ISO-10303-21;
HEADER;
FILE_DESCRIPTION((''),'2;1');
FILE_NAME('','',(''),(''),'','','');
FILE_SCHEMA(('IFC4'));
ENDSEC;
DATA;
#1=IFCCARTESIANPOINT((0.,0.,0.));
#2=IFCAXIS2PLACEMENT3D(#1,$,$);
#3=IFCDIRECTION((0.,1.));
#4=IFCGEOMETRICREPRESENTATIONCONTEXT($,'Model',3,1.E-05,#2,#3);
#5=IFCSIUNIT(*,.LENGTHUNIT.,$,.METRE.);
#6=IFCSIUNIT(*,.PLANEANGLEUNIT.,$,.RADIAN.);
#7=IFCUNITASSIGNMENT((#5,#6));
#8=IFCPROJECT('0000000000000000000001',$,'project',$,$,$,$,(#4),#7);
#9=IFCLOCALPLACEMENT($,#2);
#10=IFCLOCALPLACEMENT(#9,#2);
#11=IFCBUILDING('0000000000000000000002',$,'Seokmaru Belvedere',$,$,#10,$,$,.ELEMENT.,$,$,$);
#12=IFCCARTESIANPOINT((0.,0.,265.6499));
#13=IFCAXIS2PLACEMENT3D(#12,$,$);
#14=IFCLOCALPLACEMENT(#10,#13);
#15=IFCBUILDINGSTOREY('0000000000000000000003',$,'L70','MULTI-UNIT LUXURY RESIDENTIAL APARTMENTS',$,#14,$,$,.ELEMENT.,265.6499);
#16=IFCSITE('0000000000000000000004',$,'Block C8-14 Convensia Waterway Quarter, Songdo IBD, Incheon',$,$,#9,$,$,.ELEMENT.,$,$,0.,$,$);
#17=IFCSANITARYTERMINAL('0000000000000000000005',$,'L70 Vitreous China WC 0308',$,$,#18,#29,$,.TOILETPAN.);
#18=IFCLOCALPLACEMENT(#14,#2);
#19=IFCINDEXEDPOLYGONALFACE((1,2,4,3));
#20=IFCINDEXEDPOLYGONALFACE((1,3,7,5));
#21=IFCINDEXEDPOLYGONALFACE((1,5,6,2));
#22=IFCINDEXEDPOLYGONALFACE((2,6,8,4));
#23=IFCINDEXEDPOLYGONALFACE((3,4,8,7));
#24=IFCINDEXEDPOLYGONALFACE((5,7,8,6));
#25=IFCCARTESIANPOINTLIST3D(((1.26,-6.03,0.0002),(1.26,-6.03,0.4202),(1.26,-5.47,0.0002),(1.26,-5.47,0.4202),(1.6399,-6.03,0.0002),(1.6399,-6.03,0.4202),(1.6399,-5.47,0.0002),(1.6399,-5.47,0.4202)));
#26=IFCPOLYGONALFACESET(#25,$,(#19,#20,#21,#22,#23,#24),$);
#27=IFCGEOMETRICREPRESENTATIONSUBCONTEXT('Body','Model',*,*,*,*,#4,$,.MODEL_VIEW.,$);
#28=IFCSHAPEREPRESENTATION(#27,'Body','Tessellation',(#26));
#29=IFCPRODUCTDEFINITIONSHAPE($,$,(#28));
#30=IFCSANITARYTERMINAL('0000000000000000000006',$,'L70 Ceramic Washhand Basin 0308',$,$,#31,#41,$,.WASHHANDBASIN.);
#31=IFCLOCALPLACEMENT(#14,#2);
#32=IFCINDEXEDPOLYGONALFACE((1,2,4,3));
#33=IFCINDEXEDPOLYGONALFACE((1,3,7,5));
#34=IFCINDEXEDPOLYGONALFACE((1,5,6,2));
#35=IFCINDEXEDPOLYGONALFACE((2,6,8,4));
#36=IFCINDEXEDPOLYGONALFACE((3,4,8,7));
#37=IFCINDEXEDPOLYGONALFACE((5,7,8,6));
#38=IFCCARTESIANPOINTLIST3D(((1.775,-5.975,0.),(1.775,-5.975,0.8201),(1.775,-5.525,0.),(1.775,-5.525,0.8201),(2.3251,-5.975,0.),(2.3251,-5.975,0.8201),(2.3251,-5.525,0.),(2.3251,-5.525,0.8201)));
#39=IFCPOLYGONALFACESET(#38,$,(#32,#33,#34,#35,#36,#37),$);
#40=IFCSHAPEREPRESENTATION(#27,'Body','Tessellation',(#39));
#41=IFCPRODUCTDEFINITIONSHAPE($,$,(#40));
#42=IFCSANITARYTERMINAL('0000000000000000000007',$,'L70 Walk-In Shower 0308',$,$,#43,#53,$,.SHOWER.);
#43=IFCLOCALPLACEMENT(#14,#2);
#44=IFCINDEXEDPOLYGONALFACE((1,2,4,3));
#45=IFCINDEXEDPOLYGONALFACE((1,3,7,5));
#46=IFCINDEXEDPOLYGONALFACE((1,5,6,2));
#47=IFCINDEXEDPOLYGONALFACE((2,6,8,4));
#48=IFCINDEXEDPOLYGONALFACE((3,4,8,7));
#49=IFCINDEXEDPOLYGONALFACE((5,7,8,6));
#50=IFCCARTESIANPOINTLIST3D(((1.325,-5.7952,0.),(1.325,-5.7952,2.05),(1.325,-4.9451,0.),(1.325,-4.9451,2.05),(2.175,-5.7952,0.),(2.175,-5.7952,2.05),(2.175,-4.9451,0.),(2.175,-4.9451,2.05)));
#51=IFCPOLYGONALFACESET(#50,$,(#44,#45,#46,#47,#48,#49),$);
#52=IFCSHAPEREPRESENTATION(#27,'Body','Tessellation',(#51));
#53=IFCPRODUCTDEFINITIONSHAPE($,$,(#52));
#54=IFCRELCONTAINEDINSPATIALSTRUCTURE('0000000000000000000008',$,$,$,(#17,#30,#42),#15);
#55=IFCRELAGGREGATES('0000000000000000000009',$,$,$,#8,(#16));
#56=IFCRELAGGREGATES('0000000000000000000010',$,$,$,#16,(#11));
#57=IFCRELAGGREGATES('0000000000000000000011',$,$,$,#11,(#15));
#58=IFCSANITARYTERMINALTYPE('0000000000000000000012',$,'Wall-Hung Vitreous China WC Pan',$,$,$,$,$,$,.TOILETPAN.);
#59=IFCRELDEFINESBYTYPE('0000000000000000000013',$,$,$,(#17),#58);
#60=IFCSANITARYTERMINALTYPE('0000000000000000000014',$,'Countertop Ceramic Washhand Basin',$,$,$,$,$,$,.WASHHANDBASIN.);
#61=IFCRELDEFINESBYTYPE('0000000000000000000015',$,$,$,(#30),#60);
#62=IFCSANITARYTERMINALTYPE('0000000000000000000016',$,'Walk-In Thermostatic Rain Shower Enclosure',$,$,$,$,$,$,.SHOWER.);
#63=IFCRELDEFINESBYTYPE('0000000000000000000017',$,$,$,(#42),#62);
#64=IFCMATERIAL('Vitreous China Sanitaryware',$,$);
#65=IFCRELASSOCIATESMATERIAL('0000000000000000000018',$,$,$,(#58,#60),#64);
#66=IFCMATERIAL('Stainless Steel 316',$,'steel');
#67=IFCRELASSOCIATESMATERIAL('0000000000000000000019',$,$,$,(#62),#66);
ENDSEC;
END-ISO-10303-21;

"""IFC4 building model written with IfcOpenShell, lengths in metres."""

from ifc_helpers import new_model, si_unit, direction, frame, origin, origin_2d, place, context, subcontext, project, spatial, rectangle, extrude, source, transform, mapped, material, type_object, type_shapes, element, save


model = new_model("IFC4")

# Units and contexts
model_context = context("Model", 3, precision=1e-05, world=origin(), true_north=direction((0.0, 1.0)))
body_context = subcontext(model_context, "Body", "Model", "MODEL_VIEW")
ifc_project = project(units=[si_unit("LENGTHUNIT", "METRE"), si_unit("PLANEANGLEUNIT", "RADIAN")], contexts=[model_context])

# Site, building, storey
site_placement = place(None, origin())
site = spatial("IfcSite", under=ifc_project, at=site_placement, Name="Block C8-14 Convensia Waterway Quarter, Songdo IBD, Incheon", CompositionType="ELEMENT", RefElevation=0.0)
building_placement = place(site_placement, origin())
building = spatial("IfcBuilding", under=site, at=building_placement, Name="Seokmaru Belvedere", CompositionType="ELEMENT")
storey_placement = place(building_placement, frame((0.0, 0.0, 265.6499)))
storey = spatial("IfcBuildingStorey", under=building, at=storey_placement, Name="L70", Description="MULTI-UNIT LUXURY RESIDENTIAL APARTMENTS", CompositionType="ELEMENT", Elevation=265.6499)

# Sanitary terminals
ifc_material_1 = material(Name="Vitreous China Sanitaryware")
sanitary_terminal_type_1 = type_object("IfcSanitaryTerminalType", Name="Wall-Hung Vitreous China WC Pan", PredefinedType="TOILETPAN", material=ifc_material_1)
shared_shape_1 = source(origin(), body_context, "Body", "SweptSolid", [
    extrude(rectangle(XDim=0.3799, YDim=0.5601, at=origin_2d()), origin(), (0.0, 0.0, 1.0), 0.4199),
])
type_shapes(sanitary_terminal_type_1, [shared_shape_1])
sanitary_terminal_1_placement = place(storey_placement, frame((1.45, -5.75, 0.0002), z_axis=(0.0, 0.0, 1.0), x_axis=(1.0, 0.0, 0.0)))
element("IfcSanitaryTerminal", 1, at=sanitary_terminal_1_placement, inside=storey, type_object=sanitary_terminal_type_1, Name="L70 Vitreous China WC 0308", PredefinedType="TOILETPAN", context=body_context, shape_type="MappedRepresentation", body=[
    mapped(shared_shape_1, transform((0.0, 0.0, 0.0), scale=1.0)),
])
sanitary_terminal_type_2 = type_object("IfcSanitaryTerminalType", Name="Countertop Ceramic Washhand Basin", PredefinedType="WASHHANDBASIN", material=ifc_material_1)
shared_shape_2 = source(origin(), body_context, "Body", "SweptSolid", [
    extrude(rectangle(XDim=0.55, YDim=0.45, at=origin_2d()), origin(), (0.0, 0.0, 1.0), 0.8201),
])
type_shapes(sanitary_terminal_type_2, [shared_shape_2])
sanitary_terminal_2_placement = place(storey_placement, frame((2.05, -5.75, 0.0), z_axis=(0.0, 0.0, 1.0), x_axis=(1.0, 0.0, 0.0)))
element("IfcSanitaryTerminal", 2, at=sanitary_terminal_2_placement, inside=storey, type_object=sanitary_terminal_type_2, Name="L70 Ceramic Washhand Basin 0308", PredefinedType="WASHHANDBASIN", context=body_context, shape_type="MappedRepresentation", body=[
    mapped(shared_shape_2, transform((0.0, 0.0, 0.0), scale=1.0)),
])
ifc_material_2 = material(Name="Stainless Steel 316", Category="steel")
sanitary_terminal_type_3 = type_object("IfcSanitaryTerminalType", Name="Walk-In Thermostatic Rain Shower Enclosure", PredefinedType="SHOWER", material=ifc_material_2)
shared_shape_3 = source(origin(), body_context, "Body", "SweptSolid", [
    extrude(rectangle(XDim=0.8501, YDim=0.8501, at=origin_2d()), origin(), (0.0, 0.0, 1.0), 2.05),
])
type_shapes(sanitary_terminal_type_3, [shared_shape_3])
sanitary_terminal_3_placement = place(storey_placement, frame((1.75, -5.3701, 0.0), z_axis=(0.0, 0.0, 1.0), x_axis=(1.0, 0.0, 0.0)))
element("IfcSanitaryTerminal", 3, at=sanitary_terminal_3_placement, inside=storey, type_object=sanitary_terminal_type_3, Name="L70 Walk-In Shower 0308", PredefinedType="SHOWER", context=body_context, shape_type="MappedRepresentation", body=[
    mapped(shared_shape_3, transform((0.0, 0.0, 0.0), scale=1.0)),
])

save(model, "model.ifc")
